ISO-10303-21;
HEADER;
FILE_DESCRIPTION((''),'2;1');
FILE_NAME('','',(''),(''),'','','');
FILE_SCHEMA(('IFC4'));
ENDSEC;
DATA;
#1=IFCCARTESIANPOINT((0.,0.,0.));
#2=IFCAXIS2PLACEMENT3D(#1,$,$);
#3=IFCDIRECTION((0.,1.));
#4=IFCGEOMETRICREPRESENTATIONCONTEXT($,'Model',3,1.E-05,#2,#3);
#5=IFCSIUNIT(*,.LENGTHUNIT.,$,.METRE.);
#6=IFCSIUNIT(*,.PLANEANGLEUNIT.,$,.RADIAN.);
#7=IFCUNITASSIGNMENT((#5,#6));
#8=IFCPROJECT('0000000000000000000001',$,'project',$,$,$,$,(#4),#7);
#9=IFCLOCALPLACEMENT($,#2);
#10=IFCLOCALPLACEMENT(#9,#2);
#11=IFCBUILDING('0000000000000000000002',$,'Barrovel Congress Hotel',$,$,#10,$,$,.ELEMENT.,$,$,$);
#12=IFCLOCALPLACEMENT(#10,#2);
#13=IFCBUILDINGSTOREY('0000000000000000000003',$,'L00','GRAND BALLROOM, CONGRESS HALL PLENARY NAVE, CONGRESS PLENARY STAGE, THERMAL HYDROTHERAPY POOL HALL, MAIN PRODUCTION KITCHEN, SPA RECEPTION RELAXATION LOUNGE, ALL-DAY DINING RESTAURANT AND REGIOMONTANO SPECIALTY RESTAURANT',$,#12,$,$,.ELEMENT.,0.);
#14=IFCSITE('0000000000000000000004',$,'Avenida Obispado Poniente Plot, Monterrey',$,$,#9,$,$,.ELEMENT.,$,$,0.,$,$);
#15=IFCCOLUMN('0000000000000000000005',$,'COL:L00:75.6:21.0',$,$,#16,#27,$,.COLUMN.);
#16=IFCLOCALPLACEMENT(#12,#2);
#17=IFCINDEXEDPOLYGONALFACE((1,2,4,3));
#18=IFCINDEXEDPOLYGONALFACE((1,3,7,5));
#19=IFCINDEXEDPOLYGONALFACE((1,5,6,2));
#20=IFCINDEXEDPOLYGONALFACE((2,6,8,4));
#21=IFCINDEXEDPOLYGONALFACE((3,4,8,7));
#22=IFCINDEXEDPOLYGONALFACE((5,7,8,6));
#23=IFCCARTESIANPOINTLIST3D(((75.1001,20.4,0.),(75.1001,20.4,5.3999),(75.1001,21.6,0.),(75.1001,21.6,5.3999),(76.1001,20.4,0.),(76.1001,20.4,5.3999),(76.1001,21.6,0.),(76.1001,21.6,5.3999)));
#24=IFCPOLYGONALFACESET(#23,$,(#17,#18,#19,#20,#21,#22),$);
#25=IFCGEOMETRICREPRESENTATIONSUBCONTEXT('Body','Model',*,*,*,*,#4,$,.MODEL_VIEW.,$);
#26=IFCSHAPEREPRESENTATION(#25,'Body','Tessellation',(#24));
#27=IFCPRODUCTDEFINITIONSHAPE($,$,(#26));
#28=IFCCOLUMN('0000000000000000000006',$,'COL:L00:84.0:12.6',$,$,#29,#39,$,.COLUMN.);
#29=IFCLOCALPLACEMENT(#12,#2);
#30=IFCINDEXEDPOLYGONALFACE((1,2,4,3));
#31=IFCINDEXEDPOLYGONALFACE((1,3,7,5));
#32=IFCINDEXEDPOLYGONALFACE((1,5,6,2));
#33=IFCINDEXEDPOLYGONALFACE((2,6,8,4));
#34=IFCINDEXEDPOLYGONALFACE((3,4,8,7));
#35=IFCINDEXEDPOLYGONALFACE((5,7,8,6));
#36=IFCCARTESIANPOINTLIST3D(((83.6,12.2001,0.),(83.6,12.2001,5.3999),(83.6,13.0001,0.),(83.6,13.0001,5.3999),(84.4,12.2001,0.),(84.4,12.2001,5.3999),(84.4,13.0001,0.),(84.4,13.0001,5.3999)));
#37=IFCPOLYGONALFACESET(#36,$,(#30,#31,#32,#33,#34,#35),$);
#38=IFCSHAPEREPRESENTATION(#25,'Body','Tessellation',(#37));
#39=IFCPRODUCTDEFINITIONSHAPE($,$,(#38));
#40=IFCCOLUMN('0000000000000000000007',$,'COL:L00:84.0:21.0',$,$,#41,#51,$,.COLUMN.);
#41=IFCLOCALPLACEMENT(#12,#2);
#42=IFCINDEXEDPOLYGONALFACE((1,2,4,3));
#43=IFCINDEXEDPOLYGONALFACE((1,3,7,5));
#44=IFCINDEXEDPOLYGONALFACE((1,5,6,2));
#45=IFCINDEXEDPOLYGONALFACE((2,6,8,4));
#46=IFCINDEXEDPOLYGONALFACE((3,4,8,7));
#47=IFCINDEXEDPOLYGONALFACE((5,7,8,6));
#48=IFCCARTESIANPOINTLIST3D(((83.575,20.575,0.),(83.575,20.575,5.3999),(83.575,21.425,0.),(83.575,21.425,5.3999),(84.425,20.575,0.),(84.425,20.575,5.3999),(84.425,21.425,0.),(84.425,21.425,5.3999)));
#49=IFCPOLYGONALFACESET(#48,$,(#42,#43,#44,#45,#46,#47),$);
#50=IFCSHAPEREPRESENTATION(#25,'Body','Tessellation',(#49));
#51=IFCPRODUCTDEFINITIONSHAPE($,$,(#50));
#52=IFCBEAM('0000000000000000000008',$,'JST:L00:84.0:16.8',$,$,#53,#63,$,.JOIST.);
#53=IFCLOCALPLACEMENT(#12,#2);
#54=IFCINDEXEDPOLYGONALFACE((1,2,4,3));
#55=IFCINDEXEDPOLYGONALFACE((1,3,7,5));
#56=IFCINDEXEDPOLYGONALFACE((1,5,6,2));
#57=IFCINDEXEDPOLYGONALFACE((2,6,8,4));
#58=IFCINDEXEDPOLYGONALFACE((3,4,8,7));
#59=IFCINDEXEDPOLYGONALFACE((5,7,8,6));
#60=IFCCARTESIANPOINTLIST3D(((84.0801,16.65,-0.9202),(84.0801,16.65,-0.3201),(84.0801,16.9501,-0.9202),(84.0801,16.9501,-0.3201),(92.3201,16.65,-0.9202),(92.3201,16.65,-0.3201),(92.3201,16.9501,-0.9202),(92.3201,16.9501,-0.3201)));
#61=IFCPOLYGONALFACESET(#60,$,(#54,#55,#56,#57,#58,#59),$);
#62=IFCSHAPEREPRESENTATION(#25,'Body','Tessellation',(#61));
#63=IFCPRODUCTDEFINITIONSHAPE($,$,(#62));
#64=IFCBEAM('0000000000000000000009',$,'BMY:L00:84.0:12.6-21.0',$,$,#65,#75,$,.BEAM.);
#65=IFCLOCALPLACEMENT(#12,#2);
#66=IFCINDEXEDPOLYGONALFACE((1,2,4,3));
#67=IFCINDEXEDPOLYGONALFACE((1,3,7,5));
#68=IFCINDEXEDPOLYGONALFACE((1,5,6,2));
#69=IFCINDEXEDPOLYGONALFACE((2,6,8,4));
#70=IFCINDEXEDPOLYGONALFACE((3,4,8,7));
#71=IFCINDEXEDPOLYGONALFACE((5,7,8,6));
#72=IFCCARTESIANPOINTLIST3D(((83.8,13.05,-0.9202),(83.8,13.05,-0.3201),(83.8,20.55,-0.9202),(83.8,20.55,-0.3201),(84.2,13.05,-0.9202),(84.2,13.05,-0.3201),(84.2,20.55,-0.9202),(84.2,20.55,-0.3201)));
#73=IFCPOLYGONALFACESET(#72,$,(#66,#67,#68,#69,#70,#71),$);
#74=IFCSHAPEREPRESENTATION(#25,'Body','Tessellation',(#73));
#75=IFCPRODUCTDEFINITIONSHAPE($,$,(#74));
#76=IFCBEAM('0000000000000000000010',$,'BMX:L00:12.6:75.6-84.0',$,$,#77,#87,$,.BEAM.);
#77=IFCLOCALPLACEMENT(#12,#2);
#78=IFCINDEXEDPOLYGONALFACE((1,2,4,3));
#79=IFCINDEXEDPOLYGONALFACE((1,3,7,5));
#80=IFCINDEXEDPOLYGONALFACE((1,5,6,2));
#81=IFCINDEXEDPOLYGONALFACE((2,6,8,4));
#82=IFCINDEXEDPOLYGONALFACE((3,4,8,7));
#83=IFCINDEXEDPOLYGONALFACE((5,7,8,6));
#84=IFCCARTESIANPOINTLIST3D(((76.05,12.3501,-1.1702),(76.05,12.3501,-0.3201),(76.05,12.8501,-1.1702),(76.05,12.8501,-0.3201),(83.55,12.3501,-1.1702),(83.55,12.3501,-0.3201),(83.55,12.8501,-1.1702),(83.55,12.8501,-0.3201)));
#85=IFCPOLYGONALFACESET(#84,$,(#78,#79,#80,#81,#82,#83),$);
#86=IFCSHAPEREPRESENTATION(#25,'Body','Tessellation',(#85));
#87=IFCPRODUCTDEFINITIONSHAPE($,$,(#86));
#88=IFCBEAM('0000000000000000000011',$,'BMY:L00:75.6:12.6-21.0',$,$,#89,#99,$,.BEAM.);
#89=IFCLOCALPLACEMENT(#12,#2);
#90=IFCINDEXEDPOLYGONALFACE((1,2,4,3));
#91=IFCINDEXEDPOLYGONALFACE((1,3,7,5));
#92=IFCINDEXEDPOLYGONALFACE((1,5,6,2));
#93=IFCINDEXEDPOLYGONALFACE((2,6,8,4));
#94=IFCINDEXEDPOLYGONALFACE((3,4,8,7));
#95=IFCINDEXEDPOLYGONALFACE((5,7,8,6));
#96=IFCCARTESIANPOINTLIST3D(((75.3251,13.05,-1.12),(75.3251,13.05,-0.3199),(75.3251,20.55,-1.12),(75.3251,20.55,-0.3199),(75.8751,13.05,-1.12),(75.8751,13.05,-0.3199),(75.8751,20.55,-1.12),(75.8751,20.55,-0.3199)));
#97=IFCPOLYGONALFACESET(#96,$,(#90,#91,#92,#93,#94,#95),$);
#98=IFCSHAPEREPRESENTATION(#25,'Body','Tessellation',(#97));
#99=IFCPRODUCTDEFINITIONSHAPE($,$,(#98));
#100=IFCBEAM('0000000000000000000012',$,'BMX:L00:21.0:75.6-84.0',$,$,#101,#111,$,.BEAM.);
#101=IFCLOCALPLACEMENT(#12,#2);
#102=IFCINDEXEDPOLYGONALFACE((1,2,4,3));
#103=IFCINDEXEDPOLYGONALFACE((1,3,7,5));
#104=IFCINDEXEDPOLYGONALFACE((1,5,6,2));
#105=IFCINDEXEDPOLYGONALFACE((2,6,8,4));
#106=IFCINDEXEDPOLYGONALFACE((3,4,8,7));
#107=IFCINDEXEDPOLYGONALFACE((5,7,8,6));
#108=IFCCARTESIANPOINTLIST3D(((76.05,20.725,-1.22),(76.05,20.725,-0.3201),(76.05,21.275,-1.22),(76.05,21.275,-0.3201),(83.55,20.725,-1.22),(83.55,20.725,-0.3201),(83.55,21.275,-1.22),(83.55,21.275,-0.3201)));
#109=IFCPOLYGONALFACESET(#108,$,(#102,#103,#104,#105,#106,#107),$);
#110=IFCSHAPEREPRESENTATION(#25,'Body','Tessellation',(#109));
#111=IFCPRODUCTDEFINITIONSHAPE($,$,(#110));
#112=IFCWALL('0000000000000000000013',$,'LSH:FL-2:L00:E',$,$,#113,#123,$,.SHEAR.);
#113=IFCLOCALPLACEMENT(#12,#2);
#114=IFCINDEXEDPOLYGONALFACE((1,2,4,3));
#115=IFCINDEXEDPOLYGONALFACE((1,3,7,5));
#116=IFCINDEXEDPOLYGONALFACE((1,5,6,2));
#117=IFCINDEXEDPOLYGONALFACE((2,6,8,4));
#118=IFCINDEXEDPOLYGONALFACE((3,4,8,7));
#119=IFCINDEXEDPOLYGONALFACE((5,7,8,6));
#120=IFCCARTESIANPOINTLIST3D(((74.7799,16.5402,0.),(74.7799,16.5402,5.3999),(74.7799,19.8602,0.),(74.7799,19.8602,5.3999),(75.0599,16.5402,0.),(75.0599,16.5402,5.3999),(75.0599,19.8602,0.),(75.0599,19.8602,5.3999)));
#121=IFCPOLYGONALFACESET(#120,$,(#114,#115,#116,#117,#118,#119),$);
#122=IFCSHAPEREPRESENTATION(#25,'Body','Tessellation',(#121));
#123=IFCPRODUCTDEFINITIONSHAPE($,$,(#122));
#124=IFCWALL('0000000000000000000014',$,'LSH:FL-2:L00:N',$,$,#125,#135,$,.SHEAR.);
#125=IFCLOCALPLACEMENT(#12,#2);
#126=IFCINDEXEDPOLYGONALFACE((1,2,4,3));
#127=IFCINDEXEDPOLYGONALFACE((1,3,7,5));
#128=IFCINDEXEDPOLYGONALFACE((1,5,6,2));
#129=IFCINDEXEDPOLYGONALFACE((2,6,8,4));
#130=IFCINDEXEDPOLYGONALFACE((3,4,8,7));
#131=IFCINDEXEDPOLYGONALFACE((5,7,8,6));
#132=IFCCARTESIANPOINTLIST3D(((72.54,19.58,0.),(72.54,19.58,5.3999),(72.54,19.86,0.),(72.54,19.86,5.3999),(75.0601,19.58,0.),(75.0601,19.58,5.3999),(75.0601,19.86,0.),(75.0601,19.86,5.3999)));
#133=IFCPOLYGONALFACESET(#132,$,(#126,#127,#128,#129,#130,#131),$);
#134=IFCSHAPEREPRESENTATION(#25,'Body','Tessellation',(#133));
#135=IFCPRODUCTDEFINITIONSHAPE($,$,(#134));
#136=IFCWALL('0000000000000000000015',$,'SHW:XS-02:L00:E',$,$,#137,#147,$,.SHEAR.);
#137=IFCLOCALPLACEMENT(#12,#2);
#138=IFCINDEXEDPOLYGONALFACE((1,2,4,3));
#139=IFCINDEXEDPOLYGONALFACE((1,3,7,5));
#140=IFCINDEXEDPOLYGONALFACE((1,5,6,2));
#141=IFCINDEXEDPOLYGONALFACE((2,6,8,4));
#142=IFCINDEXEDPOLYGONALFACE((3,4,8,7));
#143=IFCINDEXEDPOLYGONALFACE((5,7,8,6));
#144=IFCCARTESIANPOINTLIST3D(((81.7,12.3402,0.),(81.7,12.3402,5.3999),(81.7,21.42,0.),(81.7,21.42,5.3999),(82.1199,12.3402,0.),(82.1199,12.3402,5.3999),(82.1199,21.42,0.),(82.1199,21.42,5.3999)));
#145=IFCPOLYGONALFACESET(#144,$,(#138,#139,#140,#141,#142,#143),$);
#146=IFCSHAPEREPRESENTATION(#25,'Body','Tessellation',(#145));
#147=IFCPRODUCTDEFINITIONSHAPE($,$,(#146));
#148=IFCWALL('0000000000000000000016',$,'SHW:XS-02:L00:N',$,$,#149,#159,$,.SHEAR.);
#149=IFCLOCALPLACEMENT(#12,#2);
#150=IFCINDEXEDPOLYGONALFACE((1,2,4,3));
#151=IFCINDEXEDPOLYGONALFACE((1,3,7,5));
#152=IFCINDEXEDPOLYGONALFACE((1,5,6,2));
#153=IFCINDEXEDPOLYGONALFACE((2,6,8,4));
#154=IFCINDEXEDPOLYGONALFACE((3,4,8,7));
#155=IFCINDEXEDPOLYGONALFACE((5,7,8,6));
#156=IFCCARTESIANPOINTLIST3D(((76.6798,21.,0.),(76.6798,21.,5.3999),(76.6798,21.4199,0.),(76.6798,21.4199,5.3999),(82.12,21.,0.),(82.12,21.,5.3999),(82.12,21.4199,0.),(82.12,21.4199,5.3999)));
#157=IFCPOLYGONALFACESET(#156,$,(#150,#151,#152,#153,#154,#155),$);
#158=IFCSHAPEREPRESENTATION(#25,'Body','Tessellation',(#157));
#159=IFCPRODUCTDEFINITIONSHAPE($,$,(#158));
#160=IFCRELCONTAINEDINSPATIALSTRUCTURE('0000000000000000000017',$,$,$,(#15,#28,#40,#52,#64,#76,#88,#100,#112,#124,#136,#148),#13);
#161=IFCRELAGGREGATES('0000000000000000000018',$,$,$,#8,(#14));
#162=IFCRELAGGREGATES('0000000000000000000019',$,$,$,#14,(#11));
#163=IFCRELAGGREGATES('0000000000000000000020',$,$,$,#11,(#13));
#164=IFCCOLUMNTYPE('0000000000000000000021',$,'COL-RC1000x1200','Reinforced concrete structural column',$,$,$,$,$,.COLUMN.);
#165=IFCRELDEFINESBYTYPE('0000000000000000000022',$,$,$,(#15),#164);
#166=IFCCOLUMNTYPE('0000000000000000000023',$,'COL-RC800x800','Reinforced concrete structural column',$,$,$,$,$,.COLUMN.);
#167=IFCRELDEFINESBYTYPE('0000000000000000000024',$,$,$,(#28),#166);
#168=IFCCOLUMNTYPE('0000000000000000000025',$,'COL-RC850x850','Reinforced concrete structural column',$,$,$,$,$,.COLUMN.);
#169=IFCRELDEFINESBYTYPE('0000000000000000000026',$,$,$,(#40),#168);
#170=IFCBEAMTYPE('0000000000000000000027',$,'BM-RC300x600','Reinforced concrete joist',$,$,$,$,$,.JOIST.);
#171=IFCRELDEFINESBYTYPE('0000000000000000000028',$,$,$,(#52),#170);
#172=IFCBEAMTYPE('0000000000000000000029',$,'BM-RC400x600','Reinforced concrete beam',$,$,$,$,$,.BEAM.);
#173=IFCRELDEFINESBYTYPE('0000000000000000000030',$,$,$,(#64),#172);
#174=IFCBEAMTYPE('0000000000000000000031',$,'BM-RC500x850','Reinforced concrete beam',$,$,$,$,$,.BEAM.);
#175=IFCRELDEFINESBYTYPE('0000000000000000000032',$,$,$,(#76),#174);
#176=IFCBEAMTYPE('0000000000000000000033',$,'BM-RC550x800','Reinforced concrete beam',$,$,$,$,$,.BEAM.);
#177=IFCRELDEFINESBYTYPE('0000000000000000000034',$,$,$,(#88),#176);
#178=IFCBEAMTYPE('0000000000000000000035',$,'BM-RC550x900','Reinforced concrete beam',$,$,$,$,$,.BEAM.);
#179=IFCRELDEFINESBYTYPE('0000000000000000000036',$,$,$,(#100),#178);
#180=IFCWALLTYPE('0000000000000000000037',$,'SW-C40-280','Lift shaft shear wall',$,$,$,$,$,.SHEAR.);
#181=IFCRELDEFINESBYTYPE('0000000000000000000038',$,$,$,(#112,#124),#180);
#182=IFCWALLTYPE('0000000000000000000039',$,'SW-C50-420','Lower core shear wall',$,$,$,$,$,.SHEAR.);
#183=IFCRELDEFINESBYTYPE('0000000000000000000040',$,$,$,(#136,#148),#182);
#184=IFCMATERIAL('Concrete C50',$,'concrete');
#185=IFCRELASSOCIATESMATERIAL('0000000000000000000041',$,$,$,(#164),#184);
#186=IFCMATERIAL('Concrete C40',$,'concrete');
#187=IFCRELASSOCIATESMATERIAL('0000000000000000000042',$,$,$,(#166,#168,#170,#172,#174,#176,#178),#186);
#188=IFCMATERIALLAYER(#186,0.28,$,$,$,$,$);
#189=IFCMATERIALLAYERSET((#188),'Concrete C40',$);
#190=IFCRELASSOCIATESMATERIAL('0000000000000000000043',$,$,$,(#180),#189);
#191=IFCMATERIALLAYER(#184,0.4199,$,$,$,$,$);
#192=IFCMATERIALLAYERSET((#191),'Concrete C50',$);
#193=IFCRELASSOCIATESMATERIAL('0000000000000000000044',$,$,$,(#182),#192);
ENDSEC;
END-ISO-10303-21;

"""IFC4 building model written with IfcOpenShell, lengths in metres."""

from ifc_helpers import new_model, si_unit, direction, frame, frame_2d, origin, origin_2d, place, context, subcontext, project, spatial, rectangle, extrude, material, layer, layer_set, material_profile, profile_set, type_object, element, save


model = new_model("IFC4")

# Units and contexts
model_context = context("Model", 3, precision=1e-05, world=origin(), true_north=direction((0.0, 1.0)))
body_context = subcontext(model_context, "Body", "Model", "MODEL_VIEW")
ifc_project = project(units=[si_unit("LENGTHUNIT", "METRE"), si_unit("PLANEANGLEUNIT", "RADIAN")], contexts=[model_context])

# Site, building, storey
site_placement = place(None, origin())
site = spatial("IfcSite", under=ifc_project, at=site_placement, Name="Avenida Obispado Poniente Plot, Monterrey", CompositionType="ELEMENT", RefElevation=0.0)
building_placement = place(site_placement, origin())
building = spatial("IfcBuilding", under=site, at=building_placement, Name="Barrovel Congress Hotel", CompositionType="ELEMENT")
storey_placement = place(building_placement, origin())
storey = spatial("IfcBuildingStorey", under=building, at=storey_placement, Name="L00", Description="GRAND BALLROOM, CONGRESS HALL PLENARY NAVE, CONGRESS PLENARY STAGE, THERMAL HYDROTHERAPY POOL HALL, MAIN PRODUCTION KITCHEN, SPA RECEPTION RELAXATION LOUNGE, ALL-DAY DINING RESTAURANT AND REGIOMONTANO SPECIALTY RESTAURANT", CompositionType="ELEMENT", Elevation=0.0)

# Columns
ifc_material_1 = material(Name="Concrete C50", Category="concrete")
ifc_material_profile_1 = material_profile(ifc_material_1, rectangle(XDim=1.0, YDim=1.2, at=origin_2d()), Name="RC1000x1200")
ifc_profile_set_1 = profile_set([ifc_material_profile_1], Name="Concrete C50")
column_type_1 = type_object("IfcColumnType", Name="COL-RC1000x1200", Description="Reinforced concrete structural column", PredefinedType="COLUMN", material=ifc_profile_set_1)
column_1_placement = place(storey_placement, frame((75.6001, 21.0, 0.0), z_axis=(0.0, 0.0, 1.0), x_axis=(1.0, 0.0, 0.0)))
element("IfcColumn", 1, at=column_1_placement, inside=storey, type_object=column_type_1, Name="COL:L00:75.6:21.0", PredefinedType="COLUMN", context=body_context, shape_type="SweptSolid", body=[
    extrude(rectangle(XDim=1.0, YDim=1.2, at=origin_2d()), origin(), (0.0, 0.0, 1.0), 5.3999),
])
ifc_material_2 = material(Name="Concrete C40", Category="concrete")
ifc_material_profile_2 = material_profile(ifc_material_2, rectangle(XDim=0.8, YDim=0.8, at=origin_2d()), Name="RC800x800")
ifc_profile_set_2 = profile_set([ifc_material_profile_2], Name="Concrete C40")
column_type_2 = type_object("IfcColumnType", Name="COL-RC800x800", Description="Reinforced concrete structural column", PredefinedType="COLUMN", material=ifc_profile_set_2)
column_2_placement = place(storey_placement, frame((84.0, 12.6001, 0.0), z_axis=(0.0, 0.0, 1.0), x_axis=(1.0, 0.0, 0.0)))
element("IfcColumn", 2, at=column_2_placement, inside=storey, type_object=column_type_2, Name="COL:L00:84.0:12.6", PredefinedType="COLUMN", context=body_context, shape_type="SweptSolid", body=[
    extrude(rectangle(XDim=0.8, YDim=0.8, at=origin_2d()), origin(), (0.0, 0.0, 1.0), 5.3999),
])
ifc_material_profile_3 = material_profile(ifc_material_2, rectangle(XDim=0.8501, YDim=0.8501, at=origin_2d()), Name="RC850x850")
ifc_profile_set_3 = profile_set([ifc_material_profile_3], Name="Concrete C40")
column_type_3 = type_object("IfcColumnType", Name="COL-RC850x850", Description="Reinforced concrete structural column", PredefinedType="COLUMN", material=ifc_profile_set_3)
column_3_placement = place(storey_placement, frame((84.0, 21.0, 0.0), z_axis=(0.0, 0.0, 1.0), x_axis=(1.0, 0.0, 0.0)))
element("IfcColumn", 3, at=column_3_placement, inside=storey, type_object=column_type_3, Name="COL:L00:84.0:21.0", PredefinedType="COLUMN", context=body_context, shape_type="SweptSolid", body=[
    extrude(rectangle(XDim=0.8501, YDim=0.8501, at=origin_2d()), origin(), (0.0, 0.0, 1.0), 5.3999),
])

# Beams
ifc_material_profile_4 = material_profile(ifc_material_2, rectangle(XDim=0.3, YDim=0.6001, at=origin_2d()), Name="RC300x600")
ifc_profile_set_4 = profile_set([ifc_material_profile_4], Name="Concrete C40")
beam_type_1 = type_object("IfcBeamType", Name="BM-RC300x600", Description="Reinforced concrete joist", PredefinedType="JOIST", material=ifc_profile_set_4)
beam_1_placement = place(storey_placement, frame((84.0801, 16.8, -0.6201), z_axis=(1.0, 0.0, 0.0), x_axis=(0.0, 1.0, 0.0)))
element("IfcBeam", 4, at=beam_1_placement, inside=storey, type_object=beam_type_1, Name="JST:L00:84.0:16.8", PredefinedType="JOIST", context=body_context, shape_type="SweptSolid", body=[
    extrude(rectangle(XDim=0.3, YDim=0.6001, at=origin_2d()), origin(), (0.0, 0.0, 1.0), 8.24),
])
ifc_material_profile_5 = material_profile(ifc_material_2, rectangle(XDim=0.3999, YDim=0.6001, at=origin_2d()), Name="RC400x600")
ifc_profile_set_5 = profile_set([ifc_material_profile_5], Name="Concrete C40")
beam_type_2 = type_object("IfcBeamType", Name="BM-RC400x600", Description="Reinforced concrete beam", PredefinedType="BEAM", material=ifc_profile_set_5)
beam_2_placement = place(storey_placement, frame((84.0, 13.05, -0.6201), z_axis=(0.0, 1.0, 0.0), x_axis=(-1.0, 0.0, 0.0)))
element("IfcBeam", 5, at=beam_2_placement, inside=storey, type_object=beam_type_2, Name="BMY:L00:84.0:12.6-21.0", PredefinedType="BEAM", context=body_context, shape_type="SweptSolid", body=[
    extrude(rectangle(XDim=0.3999, YDim=0.6001, at=origin_2d()), origin(), (0.0, 0.0, 1.0), 7.5),
])
ifc_material_profile_6 = material_profile(ifc_material_2, rectangle(XDim=0.5, YDim=0.8501, at=origin_2d()), Name="RC500x850")
ifc_profile_set_6 = profile_set([ifc_material_profile_6], Name="Concrete C40")
beam_type_3 = type_object("IfcBeamType", Name="BM-RC500x850", Description="Reinforced concrete beam", PredefinedType="BEAM", material=ifc_profile_set_6)
beam_3_placement = place(storey_placement, frame((76.05, 12.6001, -0.7451), z_axis=(1.0, 0.0, 0.0), x_axis=(0.0, 1.0, 0.0)))
element("IfcBeam", 6, at=beam_3_placement, inside=storey, type_object=beam_type_3, Name="BMX:L00:12.6:75.6-84.0", PredefinedType="BEAM", context=body_context, shape_type="SweptSolid", body=[
    extrude(rectangle(XDim=0.5, YDim=0.8501, at=origin_2d()), origin(), (0.0, 0.0, 1.0), 7.5),
])
ifc_material_profile_7 = material_profile(ifc_material_2, rectangle(XDim=0.55, YDim=0.8, at=origin_2d()), Name="RC550x800")
ifc_profile_set_7 = profile_set([ifc_material_profile_7], Name="Concrete C40")
beam_type_4 = type_object("IfcBeamType", Name="BM-RC550x800", Description="Reinforced concrete beam", PredefinedType="BEAM", material=ifc_profile_set_7)
beam_4_placement = place(storey_placement, frame((75.6001, 13.05, -0.72), z_axis=(0.0, 1.0, 0.0), x_axis=(-1.0, 0.0, 0.0)))
element("IfcBeam", 7, at=beam_4_placement, inside=storey, type_object=beam_type_4, Name="BMY:L00:75.6:12.6-21.0", PredefinedType="BEAM", context=body_context, shape_type="SweptSolid", body=[
    extrude(rectangle(XDim=0.55, YDim=0.8, at=origin_2d()), origin(), (0.0, 0.0, 1.0), 7.5),
])
ifc_material_profile_8 = material_profile(ifc_material_2, rectangle(XDim=0.55, YDim=0.8999, at=origin_2d()), Name="RC550x900")
ifc_profile_set_8 = profile_set([ifc_material_profile_8], Name="Concrete C40")
beam_type_5 = type_object("IfcBeamType", Name="BM-RC550x900", Description="Reinforced concrete beam", PredefinedType="BEAM", material=ifc_profile_set_8)
beam_5_placement = place(storey_placement, frame((76.05, 21.0, -0.77), z_axis=(1.0, 0.0, 0.0), x_axis=(0.0, 1.0, 0.0)))
element("IfcBeam", 8, at=beam_5_placement, inside=storey, type_object=beam_type_5, Name="BMX:L00:21.0:75.6-84.0", PredefinedType="BEAM", context=body_context, shape_type="SweptSolid", body=[
    extrude(rectangle(XDim=0.55, YDim=0.8999, at=origin_2d()), origin(), (0.0, 0.0, 1.0), 7.5),
])

# Walls
ifc_layer_1 = layer(ifc_material_2, 0.28)
ifc_layer_set_1 = layer_set([ifc_layer_1], Name="Concrete C40")
wall_type_1 = type_object("IfcWallType", Name="SW-C40-280", Description="Lift shaft shear wall", PredefinedType="SHEAR", material=ifc_layer_set_1)
wall_1_placement = place(storey_placement, frame((74.9199, 16.54, 0.0), z_axis=(0.0, 0.0, 1.0), x_axis=(0.0, 1.0, 0.0)))
element("IfcWall", 9, at=wall_1_placement, inside=storey, type_object=wall_type_1, Name="LSH:FL-2:L00:E", PredefinedType="SHEAR", context=body_context, shape_type="SweptSolid", body=[
    extrude(rectangle(XDim=3.3201, YDim=0.28, at=frame_2d((1.6602, 0.0))), origin(), (0.0, 0.0, 1.0), 5.3999),
])
wall_2_placement = place(storey_placement, frame((75.0601, 19.72, 0.0), z_axis=(0.0, 0.0, 1.0), x_axis=(-1.0, 0.0, 0.0)))
element("IfcWall", 10, at=wall_2_placement, inside=storey, type_object=wall_type_1, Name="LSH:FL-2:L00:N", PredefinedType="SHEAR", context=body_context, shape_type="SweptSolid", body=[
    extrude(rectangle(XDim=2.52, YDim=0.28, at=frame_2d((1.26, 0.0))), origin(), (0.0, 0.0, 1.0), 5.3999),
])

# Shared definitions
ifc_layer_2 = layer(ifc_material_1, 0.4199)
ifc_layer_set_2 = layer_set([ifc_layer_2], Name="Concrete C50")
wall_type_2 = type_object("IfcWallType", Name="SW-C50-420", Description="Lower core shear wall", PredefinedType="SHEAR", material=ifc_layer_set_2)

# Walls
wall_3_placement = place(storey_placement, frame((81.9099, 12.3401, 0.0), z_axis=(0.0, 0.0, 1.0), x_axis=(0.0, 1.0, 0.0)))
element("IfcWall", 11, at=wall_3_placement, inside=storey, type_object=wall_type_2, Name="SHW:XS-02:L00:E", PredefinedType="SHEAR", context=body_context, shape_type="SweptSolid", body=[
    extrude(rectangle(XDim=9.0798, YDim=0.4199, at=frame_2d((4.54, 0.0))), origin(), (0.0, 0.0, 1.0), 5.3999),
])
wall_4_placement = place(storey_placement, frame((82.1201, 21.21, 0.0), z_axis=(0.0, 0.0, 1.0), x_axis=(-1.0, 0.0, 0.0)))
element("IfcWall", 12, at=wall_4_placement, inside=storey, type_object=wall_type_2, Name="SHW:XS-02:L00:N", PredefinedType="SHEAR", context=body_context, shape_type="SweptSolid", body=[
    extrude(rectangle(XDim=5.4402, YDim=0.4199, at=frame_2d((2.7202, 0.0))), origin(), (0.0, 0.0, 1.0), 5.3999),
])

save(model, "model.ifc")
